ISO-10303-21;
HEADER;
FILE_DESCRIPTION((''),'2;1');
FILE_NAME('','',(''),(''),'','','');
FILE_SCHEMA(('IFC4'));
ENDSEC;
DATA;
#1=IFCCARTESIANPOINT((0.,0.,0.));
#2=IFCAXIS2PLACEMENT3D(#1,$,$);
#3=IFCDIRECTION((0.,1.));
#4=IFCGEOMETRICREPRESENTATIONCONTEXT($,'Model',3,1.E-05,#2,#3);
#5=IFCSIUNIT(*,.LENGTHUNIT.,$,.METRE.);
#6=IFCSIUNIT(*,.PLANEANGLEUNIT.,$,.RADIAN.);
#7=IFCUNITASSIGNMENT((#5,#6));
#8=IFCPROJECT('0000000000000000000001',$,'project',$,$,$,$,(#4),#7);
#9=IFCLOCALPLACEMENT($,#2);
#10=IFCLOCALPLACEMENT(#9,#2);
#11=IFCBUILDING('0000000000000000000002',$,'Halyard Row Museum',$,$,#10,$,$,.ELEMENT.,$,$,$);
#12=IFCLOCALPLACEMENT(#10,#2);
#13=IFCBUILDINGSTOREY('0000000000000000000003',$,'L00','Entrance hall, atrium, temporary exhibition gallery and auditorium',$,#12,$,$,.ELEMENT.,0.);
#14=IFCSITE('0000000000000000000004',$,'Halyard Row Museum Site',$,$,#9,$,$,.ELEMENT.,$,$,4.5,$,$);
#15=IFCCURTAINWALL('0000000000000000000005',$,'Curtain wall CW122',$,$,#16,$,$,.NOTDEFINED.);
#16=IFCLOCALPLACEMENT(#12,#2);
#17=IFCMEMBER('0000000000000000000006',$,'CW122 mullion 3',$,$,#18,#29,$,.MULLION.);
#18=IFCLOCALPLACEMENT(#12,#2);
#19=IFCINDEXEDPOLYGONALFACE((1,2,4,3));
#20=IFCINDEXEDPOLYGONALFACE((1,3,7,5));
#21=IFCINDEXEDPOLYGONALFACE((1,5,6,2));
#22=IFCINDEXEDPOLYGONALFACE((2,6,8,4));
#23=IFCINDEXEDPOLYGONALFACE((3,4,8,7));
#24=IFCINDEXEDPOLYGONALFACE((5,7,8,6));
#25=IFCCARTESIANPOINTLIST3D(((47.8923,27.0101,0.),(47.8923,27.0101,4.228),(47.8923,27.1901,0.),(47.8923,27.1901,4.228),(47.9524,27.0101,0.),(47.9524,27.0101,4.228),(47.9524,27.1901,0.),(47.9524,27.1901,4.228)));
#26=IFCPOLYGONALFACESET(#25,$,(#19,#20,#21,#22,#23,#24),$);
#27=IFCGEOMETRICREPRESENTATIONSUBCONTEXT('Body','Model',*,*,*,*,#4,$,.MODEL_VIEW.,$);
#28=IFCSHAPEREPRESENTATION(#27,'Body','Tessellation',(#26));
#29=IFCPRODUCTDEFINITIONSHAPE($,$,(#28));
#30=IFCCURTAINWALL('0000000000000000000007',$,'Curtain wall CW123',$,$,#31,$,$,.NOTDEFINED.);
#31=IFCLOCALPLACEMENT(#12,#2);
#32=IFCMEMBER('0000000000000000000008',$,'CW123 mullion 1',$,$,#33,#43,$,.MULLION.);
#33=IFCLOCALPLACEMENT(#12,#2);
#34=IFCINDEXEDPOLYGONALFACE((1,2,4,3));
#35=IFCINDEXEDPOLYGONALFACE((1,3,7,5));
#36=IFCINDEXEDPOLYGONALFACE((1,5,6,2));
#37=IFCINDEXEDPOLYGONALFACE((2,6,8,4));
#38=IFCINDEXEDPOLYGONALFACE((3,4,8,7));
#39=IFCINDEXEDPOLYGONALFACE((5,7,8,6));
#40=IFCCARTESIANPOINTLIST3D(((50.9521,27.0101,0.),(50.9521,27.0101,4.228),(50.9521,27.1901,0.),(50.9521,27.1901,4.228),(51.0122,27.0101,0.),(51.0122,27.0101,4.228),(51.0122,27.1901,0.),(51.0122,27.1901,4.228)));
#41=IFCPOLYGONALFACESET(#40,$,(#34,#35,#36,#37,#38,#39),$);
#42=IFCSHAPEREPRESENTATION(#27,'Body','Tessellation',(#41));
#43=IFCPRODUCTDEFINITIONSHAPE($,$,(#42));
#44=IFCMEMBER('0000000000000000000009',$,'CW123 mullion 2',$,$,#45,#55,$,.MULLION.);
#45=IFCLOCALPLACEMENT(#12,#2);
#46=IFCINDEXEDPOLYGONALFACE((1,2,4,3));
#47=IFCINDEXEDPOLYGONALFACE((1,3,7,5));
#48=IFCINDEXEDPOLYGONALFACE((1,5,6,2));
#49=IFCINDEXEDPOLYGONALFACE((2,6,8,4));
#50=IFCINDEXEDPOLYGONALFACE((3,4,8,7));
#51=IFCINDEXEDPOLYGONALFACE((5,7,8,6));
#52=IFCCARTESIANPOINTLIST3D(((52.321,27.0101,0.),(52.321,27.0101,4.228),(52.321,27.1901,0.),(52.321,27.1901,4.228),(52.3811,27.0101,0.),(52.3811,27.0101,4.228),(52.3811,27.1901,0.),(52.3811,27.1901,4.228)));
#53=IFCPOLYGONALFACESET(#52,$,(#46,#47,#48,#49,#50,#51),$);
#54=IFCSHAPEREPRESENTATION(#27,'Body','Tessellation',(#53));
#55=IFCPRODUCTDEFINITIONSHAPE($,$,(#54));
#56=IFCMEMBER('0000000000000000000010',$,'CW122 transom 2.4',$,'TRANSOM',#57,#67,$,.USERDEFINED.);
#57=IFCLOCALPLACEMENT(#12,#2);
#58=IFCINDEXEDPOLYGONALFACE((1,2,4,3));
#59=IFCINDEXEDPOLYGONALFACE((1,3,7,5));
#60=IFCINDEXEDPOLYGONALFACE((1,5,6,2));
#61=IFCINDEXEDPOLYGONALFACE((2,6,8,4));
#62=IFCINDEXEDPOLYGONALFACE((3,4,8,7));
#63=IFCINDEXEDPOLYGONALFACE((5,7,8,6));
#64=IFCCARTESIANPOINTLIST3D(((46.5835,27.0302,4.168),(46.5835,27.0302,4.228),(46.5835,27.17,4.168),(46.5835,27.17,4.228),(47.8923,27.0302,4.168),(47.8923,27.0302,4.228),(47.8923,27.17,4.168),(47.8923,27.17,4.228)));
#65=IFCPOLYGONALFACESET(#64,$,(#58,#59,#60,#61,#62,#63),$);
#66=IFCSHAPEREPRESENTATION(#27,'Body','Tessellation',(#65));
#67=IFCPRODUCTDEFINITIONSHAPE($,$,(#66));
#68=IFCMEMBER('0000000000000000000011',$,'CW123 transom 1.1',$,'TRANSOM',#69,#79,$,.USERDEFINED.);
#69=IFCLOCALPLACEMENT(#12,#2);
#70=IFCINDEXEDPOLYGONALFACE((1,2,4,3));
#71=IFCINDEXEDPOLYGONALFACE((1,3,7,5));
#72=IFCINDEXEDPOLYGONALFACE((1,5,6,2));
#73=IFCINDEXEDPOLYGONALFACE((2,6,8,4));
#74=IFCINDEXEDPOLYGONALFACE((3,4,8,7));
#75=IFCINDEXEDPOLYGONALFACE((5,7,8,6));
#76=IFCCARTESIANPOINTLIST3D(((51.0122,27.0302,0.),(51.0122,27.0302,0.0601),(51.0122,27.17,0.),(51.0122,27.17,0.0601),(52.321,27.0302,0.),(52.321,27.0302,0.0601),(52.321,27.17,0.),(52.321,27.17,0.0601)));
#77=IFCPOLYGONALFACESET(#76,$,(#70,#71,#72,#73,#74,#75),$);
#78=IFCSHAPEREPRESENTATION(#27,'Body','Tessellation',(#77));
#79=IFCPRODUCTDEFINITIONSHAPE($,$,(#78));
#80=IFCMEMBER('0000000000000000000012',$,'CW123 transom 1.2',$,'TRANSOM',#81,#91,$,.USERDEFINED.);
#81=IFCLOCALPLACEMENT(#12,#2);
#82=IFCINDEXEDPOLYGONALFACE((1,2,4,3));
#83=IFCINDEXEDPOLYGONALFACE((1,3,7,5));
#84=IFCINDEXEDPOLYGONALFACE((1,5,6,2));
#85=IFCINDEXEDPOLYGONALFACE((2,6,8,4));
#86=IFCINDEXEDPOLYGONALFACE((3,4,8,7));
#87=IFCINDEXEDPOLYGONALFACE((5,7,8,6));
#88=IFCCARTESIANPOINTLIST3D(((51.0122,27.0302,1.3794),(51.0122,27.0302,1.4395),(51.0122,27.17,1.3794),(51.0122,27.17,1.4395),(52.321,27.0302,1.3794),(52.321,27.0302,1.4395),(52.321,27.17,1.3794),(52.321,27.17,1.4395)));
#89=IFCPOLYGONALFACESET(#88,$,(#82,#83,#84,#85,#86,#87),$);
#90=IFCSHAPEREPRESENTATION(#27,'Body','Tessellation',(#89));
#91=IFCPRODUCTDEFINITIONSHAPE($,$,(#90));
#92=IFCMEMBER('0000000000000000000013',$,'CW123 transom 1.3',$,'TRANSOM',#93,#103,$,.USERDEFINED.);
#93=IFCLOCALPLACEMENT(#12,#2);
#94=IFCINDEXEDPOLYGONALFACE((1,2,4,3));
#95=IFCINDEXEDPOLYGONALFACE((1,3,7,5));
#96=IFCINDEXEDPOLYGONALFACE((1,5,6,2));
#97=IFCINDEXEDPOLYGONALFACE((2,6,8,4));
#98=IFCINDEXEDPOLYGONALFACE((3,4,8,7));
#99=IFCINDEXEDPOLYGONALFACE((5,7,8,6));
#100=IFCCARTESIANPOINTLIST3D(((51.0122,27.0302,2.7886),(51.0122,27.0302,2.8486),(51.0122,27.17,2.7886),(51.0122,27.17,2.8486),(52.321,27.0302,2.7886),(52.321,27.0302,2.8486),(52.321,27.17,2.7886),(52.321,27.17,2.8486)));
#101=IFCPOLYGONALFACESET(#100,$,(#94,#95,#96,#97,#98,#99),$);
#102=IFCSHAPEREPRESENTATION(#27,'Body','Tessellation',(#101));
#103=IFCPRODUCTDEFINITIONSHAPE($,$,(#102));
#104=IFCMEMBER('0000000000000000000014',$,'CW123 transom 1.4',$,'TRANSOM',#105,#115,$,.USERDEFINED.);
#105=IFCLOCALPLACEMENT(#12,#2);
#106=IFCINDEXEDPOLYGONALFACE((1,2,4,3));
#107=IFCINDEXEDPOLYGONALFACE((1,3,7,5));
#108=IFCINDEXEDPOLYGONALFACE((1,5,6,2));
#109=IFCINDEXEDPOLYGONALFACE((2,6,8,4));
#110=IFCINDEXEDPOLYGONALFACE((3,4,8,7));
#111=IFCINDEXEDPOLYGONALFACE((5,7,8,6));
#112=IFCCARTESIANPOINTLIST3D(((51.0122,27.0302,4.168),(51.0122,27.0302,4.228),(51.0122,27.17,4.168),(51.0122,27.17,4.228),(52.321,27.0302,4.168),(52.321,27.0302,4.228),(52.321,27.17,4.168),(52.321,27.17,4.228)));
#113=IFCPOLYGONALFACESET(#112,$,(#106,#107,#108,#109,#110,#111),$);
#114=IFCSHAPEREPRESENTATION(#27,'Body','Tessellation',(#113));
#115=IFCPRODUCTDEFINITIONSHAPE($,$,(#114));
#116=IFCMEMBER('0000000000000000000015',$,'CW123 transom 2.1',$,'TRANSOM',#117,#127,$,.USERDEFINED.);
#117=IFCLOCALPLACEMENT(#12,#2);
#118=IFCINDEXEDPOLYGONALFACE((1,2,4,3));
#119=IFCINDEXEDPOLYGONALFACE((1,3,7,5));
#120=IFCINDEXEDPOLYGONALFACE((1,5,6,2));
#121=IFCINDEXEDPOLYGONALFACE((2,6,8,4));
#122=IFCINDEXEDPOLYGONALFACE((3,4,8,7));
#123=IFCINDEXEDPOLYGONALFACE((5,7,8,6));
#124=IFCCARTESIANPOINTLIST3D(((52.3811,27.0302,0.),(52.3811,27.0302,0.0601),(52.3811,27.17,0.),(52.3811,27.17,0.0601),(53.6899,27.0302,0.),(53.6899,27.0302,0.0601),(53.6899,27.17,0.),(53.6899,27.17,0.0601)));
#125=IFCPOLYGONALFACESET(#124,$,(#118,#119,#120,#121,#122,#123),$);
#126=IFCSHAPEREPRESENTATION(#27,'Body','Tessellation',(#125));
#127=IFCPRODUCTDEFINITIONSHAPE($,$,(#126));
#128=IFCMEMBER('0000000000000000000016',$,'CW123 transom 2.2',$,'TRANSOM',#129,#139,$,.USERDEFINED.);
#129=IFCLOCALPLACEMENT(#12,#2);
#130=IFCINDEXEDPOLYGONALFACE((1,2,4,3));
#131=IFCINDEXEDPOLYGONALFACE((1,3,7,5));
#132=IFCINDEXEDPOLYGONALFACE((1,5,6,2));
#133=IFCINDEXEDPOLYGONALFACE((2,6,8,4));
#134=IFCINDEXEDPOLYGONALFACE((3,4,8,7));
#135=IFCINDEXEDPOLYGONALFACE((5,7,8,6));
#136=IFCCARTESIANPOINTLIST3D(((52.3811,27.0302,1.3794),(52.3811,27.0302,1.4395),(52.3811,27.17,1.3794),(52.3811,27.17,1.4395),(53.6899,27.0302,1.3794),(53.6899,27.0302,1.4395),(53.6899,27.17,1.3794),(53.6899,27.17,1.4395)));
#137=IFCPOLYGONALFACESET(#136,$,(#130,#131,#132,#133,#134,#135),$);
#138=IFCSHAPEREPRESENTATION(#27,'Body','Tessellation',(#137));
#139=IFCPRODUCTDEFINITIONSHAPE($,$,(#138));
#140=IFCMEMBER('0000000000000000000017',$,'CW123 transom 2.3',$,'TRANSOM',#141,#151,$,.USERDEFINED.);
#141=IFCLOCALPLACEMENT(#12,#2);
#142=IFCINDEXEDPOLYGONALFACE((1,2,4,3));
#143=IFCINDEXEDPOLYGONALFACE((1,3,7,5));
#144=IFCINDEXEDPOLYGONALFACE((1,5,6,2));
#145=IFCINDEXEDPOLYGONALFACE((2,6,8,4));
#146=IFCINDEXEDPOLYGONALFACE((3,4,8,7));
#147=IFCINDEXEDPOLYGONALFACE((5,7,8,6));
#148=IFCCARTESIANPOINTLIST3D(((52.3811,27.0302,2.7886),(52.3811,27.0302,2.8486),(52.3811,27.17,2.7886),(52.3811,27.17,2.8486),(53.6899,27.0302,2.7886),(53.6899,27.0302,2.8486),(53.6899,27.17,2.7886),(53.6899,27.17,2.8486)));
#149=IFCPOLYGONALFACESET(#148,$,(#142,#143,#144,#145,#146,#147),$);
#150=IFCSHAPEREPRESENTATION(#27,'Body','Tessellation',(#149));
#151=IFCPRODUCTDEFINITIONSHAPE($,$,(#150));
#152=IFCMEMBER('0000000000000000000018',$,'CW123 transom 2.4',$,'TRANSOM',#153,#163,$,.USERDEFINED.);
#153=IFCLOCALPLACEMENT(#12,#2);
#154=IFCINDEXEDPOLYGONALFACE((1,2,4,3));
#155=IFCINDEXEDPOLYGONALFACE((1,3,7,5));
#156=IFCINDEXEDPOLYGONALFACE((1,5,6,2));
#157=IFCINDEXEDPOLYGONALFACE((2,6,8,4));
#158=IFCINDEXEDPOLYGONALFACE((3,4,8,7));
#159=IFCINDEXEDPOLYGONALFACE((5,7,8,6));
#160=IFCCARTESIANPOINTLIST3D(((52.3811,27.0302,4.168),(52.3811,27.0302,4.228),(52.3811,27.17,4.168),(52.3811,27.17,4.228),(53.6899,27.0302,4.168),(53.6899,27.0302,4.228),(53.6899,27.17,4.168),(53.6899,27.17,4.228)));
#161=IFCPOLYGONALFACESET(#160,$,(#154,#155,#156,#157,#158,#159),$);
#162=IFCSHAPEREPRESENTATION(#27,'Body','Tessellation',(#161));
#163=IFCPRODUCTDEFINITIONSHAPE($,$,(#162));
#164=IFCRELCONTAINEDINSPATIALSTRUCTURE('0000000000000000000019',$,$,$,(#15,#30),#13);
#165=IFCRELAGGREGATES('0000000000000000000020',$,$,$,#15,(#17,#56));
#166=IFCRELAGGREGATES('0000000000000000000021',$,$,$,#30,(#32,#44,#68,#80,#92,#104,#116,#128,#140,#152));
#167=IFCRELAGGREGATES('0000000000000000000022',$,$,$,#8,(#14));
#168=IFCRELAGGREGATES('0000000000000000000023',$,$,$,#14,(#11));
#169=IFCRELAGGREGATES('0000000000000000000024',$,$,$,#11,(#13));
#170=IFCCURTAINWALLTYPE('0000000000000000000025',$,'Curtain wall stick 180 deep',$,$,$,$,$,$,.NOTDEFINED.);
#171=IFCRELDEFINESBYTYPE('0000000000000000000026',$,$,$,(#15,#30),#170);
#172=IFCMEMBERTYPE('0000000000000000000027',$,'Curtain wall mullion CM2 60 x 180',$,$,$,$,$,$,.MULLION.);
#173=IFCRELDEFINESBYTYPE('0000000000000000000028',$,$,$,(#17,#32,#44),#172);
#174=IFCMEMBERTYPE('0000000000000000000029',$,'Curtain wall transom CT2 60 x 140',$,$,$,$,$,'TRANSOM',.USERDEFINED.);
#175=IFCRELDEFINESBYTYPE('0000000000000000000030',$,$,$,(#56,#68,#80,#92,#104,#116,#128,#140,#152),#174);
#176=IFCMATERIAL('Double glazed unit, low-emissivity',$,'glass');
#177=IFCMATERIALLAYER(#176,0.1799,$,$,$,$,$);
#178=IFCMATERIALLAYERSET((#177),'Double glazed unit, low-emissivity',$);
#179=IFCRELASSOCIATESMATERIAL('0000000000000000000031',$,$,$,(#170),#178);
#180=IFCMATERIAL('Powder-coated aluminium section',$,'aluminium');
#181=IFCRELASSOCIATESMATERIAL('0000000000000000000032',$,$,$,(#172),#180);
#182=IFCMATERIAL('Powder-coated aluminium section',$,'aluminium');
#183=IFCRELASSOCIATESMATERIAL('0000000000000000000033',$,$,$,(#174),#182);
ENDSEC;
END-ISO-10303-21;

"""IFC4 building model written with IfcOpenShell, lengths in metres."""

from ifc_helpers import new_model, si_unit, direction, frame, origin, origin_2d, place, context, subcontext, project, spatial, rectangle, extrude, material, layer, layer_set, material_profile, profile_set, type_object, element, aggregate, save


model = new_model("IFC4")

# Units and contexts
model_context = context("Model", 3, precision=1e-05, world=origin(), true_north=direction((0.0, 1.0)))
body_context = subcontext(model_context, "Body", "Model", "MODEL_VIEW")
ifc_project = project(units=[si_unit("LENGTHUNIT", "METRE"), si_unit("PLANEANGLEUNIT", "RADIAN")], contexts=[model_context])

# Site, building, storey
site_placement = place(None, origin())
site = spatial("IfcSite", under=ifc_project, at=site_placement, Name="Halyard Row Museum Site", CompositionType="ELEMENT", RefElevation=4.5)
building_placement = place(site_placement, origin())
building = spatial("IfcBuilding", under=site, at=building_placement, Name="Halyard Row Museum", CompositionType="ELEMENT")
storey_placement = place(building_placement, origin())
storey = spatial("IfcBuildingStorey", under=building, at=storey_placement, Name="L00", Description="Entrance hall, atrium, temporary exhibition gallery and auditorium", CompositionType="ELEMENT", Elevation=0.0)

# Curtain wall, member
ifc_material_1 = material(Name="Double glazed unit, low-emissivity", Category="glass")
ifc_layer_1 = layer(ifc_material_1, 0.1799)
ifc_layer_set_1 = layer_set([ifc_layer_1], Name="Double glazed unit, low-emissivity")
curtain_wall_type = type_object("IfcCurtainWallType", Name="Curtain wall stick 180 deep", PredefinedType="NOTDEFINED", material=ifc_layer_set_1)
curtain_wall_1_placement = place(storey_placement, origin())
curtain_wall_1 = element("IfcCurtainWall", 1, at=curtain_wall_1_placement, inside=storey, type_object=curtain_wall_type, Name="Curtain wall CW122", PredefinedType="NOTDEFINED")
ifc_material_2 = material(Name="Powder-coated aluminium section", Category="aluminium")
ifc_material_profile_1 = material_profile(ifc_material_2, rectangle(XDim=0.1799, YDim=0.0601, at=origin_2d()), Name="180x60 mullion")
ifc_profile_set_1 = profile_set([ifc_material_profile_1], Name="Powder-coated aluminium section")
member_type_1 = type_object("IfcMemberType", Name="Curtain wall mullion CM2 60 x 180", PredefinedType="MULLION", material=ifc_profile_set_1)
member_1_placement = place(storey_placement, frame((47.9224, 27.1001, 0.0), z_axis=(0.0, 0.0, 1.0), x_axis=(0.0, 1.0, 0.0)))
member_1 = element("IfcMember", 2, at=member_1_placement, type_object=member_type_1, Name="CW122 mullion 3", PredefinedType="MULLION", context=body_context, shape_type="SweptSolid", body=[
    extrude(rectangle(XDim=0.1799, YDim=0.0601, at=origin_2d()), origin(), (0.0, 0.0, 1.0), 4.228),
])

# Curtain wall, members
curtain_wall_2_placement = place(storey_placement, origin())
curtain_wall_2 = element("IfcCurtainWall", 3, at=curtain_wall_2_placement, inside=storey, type_object=curtain_wall_type, Name="Curtain wall CW123", PredefinedType="NOTDEFINED")
member_2_placement = place(storey_placement, frame((50.9822, 27.1001, 0.0), z_axis=(0.0, 0.0, 1.0), x_axis=(0.0, 1.0, 0.0)))
member_2 = element("IfcMember", 4, at=member_2_placement, type_object=member_type_1, Name="CW123 mullion 1", PredefinedType="MULLION", context=body_context, shape_type="SweptSolid", body=[
    extrude(rectangle(XDim=0.1799, YDim=0.0601, at=origin_2d()), origin(), (0.0, 0.0, 1.0), 4.228),
])
member_3_placement = place(storey_placement, frame((52.3511, 27.1001, 0.0), z_axis=(0.0, 0.0, 1.0), x_axis=(0.0, 1.0, 0.0)))
member_3 = element("IfcMember", 5, at=member_3_placement, type_object=member_type_1, Name="CW123 mullion 2", PredefinedType="MULLION", context=body_context, shape_type="SweptSolid", body=[
    extrude(rectangle(XDim=0.1799, YDim=0.0601, at=origin_2d()), origin(), (0.0, 0.0, 1.0), 4.228),
])

# Members
ifc_material_3 = material(Name="Powder-coated aluminium section", Category="aluminium")
ifc_material_profile_2 = material_profile(ifc_material_3, rectangle(XDim=0.1399, YDim=0.0601, at=origin_2d()), Name="140x60 transom")
ifc_profile_set_2 = profile_set([ifc_material_profile_2], Name="Powder-coated aluminium section")
member_type_2 = type_object("IfcMemberType", Name="Curtain wall transom CT2 60 x 140", ElementType="TRANSOM", PredefinedType="USERDEFINED", material=ifc_profile_set_2)
member_4_placement = place(storey_placement, frame((46.5835, 27.1001, 4.198), z_axis=(1.0, 0.0, 0.0), x_axis=(0.0, 1.0, 0.0)))
member_4 = element("IfcMember", 6, at=member_4_placement, type_object=member_type_2, Name="CW122 transom 2.4", ObjectType="TRANSOM", PredefinedType="USERDEFINED", context=body_context, shape_type="SweptSolid", body=[
    extrude(rectangle(XDim=0.1399, YDim=0.0601, at=origin_2d()), origin(), (0.0, 0.0, 1.0), 1.3088),
])
member_5_placement = place(storey_placement, frame((51.0122, 27.1001, 0.03), z_axis=(1.0, 0.0, 0.0), x_axis=(0.0, 1.0, 0.0)))
member_5 = element("IfcMember", 7, at=member_5_placement, type_object=member_type_2, Name="CW123 transom 1.1", ObjectType="TRANSOM", PredefinedType="USERDEFINED", context=body_context, shape_type="SweptSolid", body=[
    extrude(rectangle(XDim=0.1399, YDim=0.0601, at=origin_2d()), origin(), (0.0, 0.0, 1.0), 1.3088),
])
member_6_placement = place(storey_placement, frame((51.0122, 27.1001, 1.4094), z_axis=(1.0, 0.0, 0.0), x_axis=(0.0, 1.0, 0.0)))
member_6 = element("IfcMember", 8, at=member_6_placement, type_object=member_type_2, Name="CW123 transom 1.2", ObjectType="TRANSOM", PredefinedType="USERDEFINED", context=body_context, shape_type="SweptSolid", body=[
    extrude(rectangle(XDim=0.1399, YDim=0.0601, at=origin_2d()), origin(), (0.0, 0.0, 1.0), 1.3088),
])
member_7_placement = place(storey_placement, frame((51.0122, 27.1001, 2.8186), z_axis=(1.0, 0.0, 0.0), x_axis=(0.0, 1.0, 0.0)))
member_7 = element("IfcMember", 9, at=member_7_placement, type_object=member_type_2, Name="CW123 transom 1.3", ObjectType="TRANSOM", PredefinedType="USERDEFINED", context=body_context, shape_type="SweptSolid", body=[
    extrude(rectangle(XDim=0.1399, YDim=0.0601, at=origin_2d()), origin(), (0.0, 0.0, 1.0), 1.3088),
])
member_8_placement = place(storey_placement, frame((51.0122, 27.1001, 4.198), z_axis=(1.0, 0.0, 0.0), x_axis=(0.0, 1.0, 0.0)))
member_8 = element("IfcMember", 10, at=member_8_placement, type_object=member_type_2, Name="CW123 transom 1.4", ObjectType="TRANSOM", PredefinedType="USERDEFINED", context=body_context, shape_type="SweptSolid", body=[
    extrude(rectangle(XDim=0.1399, YDim=0.0601, at=origin_2d()), origin(), (0.0, 0.0, 1.0), 1.3088),
])
member_9_placement = place(storey_placement, frame((52.3811, 27.1001, 0.03), z_axis=(1.0, 0.0, 0.0), x_axis=(0.0, 1.0, 0.0)))
member_9 = element("IfcMember", 11, at=member_9_placement, type_object=member_type_2, Name="CW123 transom 2.1", ObjectType="TRANSOM", PredefinedType="USERDEFINED", context=body_context, shape_type="SweptSolid", body=[
    extrude(rectangle(XDim=0.1399, YDim=0.0601, at=origin_2d()), origin(), (0.0, 0.0, 1.0), 1.3088),
])
member_10_placement = place(storey_placement, frame((52.3811, 27.1001, 1.4094), z_axis=(1.0, 0.0, 0.0), x_axis=(0.0, 1.0, 0.0)))
member_10 = element("IfcMember", 12, at=member_10_placement, type_object=member_type_2, Name="CW123 transom 2.2", ObjectType="TRANSOM", PredefinedType="USERDEFINED", context=body_context, shape_type="SweptSolid", body=[
    extrude(rectangle(XDim=0.1399, YDim=0.0601, at=origin_2d()), origin(), (0.0, 0.0, 1.0), 1.3088),
])
member_11_placement = place(storey_placement, frame((52.3811, 27.1001, 2.8186), z_axis=(1.0, 0.0, 0.0), x_axis=(0.0, 1.0, 0.0)))
member_11 = element("IfcMember", 13, at=member_11_placement, type_object=member_type_2, Name="CW123 transom 2.3", ObjectType="TRANSOM", PredefinedType="USERDEFINED", context=body_context, shape_type="SweptSolid", body=[
    extrude(rectangle(XDim=0.1399, YDim=0.0601, at=origin_2d()), origin(), (0.0, 0.0, 1.0), 1.3088),
])
member_12_placement = place(storey_placement, frame((52.3811, 27.1001, 4.198), z_axis=(1.0, 0.0, 0.0), x_axis=(0.0, 1.0, 0.0)))
member_12 = element("IfcMember", 14, at=member_12_placement, type_object=member_type_2, Name="CW123 transom 2.4", ObjectType="TRANSOM", PredefinedType="USERDEFINED", context=body_context, shape_type="SweptSolid", body=[
    extrude(rectangle(XDim=0.1399, YDim=0.0601, at=origin_2d()), origin(), (0.0, 0.0, 1.0), 1.3088),
])

aggregate(curtain_wall_1, [member_1, member_4])
aggregate(curtain_wall_2, [member_2, member_3, member_5, member_6, member_7, member_8, member_9, member_10, member_11, member_12])

save(model, "model.ifc")
